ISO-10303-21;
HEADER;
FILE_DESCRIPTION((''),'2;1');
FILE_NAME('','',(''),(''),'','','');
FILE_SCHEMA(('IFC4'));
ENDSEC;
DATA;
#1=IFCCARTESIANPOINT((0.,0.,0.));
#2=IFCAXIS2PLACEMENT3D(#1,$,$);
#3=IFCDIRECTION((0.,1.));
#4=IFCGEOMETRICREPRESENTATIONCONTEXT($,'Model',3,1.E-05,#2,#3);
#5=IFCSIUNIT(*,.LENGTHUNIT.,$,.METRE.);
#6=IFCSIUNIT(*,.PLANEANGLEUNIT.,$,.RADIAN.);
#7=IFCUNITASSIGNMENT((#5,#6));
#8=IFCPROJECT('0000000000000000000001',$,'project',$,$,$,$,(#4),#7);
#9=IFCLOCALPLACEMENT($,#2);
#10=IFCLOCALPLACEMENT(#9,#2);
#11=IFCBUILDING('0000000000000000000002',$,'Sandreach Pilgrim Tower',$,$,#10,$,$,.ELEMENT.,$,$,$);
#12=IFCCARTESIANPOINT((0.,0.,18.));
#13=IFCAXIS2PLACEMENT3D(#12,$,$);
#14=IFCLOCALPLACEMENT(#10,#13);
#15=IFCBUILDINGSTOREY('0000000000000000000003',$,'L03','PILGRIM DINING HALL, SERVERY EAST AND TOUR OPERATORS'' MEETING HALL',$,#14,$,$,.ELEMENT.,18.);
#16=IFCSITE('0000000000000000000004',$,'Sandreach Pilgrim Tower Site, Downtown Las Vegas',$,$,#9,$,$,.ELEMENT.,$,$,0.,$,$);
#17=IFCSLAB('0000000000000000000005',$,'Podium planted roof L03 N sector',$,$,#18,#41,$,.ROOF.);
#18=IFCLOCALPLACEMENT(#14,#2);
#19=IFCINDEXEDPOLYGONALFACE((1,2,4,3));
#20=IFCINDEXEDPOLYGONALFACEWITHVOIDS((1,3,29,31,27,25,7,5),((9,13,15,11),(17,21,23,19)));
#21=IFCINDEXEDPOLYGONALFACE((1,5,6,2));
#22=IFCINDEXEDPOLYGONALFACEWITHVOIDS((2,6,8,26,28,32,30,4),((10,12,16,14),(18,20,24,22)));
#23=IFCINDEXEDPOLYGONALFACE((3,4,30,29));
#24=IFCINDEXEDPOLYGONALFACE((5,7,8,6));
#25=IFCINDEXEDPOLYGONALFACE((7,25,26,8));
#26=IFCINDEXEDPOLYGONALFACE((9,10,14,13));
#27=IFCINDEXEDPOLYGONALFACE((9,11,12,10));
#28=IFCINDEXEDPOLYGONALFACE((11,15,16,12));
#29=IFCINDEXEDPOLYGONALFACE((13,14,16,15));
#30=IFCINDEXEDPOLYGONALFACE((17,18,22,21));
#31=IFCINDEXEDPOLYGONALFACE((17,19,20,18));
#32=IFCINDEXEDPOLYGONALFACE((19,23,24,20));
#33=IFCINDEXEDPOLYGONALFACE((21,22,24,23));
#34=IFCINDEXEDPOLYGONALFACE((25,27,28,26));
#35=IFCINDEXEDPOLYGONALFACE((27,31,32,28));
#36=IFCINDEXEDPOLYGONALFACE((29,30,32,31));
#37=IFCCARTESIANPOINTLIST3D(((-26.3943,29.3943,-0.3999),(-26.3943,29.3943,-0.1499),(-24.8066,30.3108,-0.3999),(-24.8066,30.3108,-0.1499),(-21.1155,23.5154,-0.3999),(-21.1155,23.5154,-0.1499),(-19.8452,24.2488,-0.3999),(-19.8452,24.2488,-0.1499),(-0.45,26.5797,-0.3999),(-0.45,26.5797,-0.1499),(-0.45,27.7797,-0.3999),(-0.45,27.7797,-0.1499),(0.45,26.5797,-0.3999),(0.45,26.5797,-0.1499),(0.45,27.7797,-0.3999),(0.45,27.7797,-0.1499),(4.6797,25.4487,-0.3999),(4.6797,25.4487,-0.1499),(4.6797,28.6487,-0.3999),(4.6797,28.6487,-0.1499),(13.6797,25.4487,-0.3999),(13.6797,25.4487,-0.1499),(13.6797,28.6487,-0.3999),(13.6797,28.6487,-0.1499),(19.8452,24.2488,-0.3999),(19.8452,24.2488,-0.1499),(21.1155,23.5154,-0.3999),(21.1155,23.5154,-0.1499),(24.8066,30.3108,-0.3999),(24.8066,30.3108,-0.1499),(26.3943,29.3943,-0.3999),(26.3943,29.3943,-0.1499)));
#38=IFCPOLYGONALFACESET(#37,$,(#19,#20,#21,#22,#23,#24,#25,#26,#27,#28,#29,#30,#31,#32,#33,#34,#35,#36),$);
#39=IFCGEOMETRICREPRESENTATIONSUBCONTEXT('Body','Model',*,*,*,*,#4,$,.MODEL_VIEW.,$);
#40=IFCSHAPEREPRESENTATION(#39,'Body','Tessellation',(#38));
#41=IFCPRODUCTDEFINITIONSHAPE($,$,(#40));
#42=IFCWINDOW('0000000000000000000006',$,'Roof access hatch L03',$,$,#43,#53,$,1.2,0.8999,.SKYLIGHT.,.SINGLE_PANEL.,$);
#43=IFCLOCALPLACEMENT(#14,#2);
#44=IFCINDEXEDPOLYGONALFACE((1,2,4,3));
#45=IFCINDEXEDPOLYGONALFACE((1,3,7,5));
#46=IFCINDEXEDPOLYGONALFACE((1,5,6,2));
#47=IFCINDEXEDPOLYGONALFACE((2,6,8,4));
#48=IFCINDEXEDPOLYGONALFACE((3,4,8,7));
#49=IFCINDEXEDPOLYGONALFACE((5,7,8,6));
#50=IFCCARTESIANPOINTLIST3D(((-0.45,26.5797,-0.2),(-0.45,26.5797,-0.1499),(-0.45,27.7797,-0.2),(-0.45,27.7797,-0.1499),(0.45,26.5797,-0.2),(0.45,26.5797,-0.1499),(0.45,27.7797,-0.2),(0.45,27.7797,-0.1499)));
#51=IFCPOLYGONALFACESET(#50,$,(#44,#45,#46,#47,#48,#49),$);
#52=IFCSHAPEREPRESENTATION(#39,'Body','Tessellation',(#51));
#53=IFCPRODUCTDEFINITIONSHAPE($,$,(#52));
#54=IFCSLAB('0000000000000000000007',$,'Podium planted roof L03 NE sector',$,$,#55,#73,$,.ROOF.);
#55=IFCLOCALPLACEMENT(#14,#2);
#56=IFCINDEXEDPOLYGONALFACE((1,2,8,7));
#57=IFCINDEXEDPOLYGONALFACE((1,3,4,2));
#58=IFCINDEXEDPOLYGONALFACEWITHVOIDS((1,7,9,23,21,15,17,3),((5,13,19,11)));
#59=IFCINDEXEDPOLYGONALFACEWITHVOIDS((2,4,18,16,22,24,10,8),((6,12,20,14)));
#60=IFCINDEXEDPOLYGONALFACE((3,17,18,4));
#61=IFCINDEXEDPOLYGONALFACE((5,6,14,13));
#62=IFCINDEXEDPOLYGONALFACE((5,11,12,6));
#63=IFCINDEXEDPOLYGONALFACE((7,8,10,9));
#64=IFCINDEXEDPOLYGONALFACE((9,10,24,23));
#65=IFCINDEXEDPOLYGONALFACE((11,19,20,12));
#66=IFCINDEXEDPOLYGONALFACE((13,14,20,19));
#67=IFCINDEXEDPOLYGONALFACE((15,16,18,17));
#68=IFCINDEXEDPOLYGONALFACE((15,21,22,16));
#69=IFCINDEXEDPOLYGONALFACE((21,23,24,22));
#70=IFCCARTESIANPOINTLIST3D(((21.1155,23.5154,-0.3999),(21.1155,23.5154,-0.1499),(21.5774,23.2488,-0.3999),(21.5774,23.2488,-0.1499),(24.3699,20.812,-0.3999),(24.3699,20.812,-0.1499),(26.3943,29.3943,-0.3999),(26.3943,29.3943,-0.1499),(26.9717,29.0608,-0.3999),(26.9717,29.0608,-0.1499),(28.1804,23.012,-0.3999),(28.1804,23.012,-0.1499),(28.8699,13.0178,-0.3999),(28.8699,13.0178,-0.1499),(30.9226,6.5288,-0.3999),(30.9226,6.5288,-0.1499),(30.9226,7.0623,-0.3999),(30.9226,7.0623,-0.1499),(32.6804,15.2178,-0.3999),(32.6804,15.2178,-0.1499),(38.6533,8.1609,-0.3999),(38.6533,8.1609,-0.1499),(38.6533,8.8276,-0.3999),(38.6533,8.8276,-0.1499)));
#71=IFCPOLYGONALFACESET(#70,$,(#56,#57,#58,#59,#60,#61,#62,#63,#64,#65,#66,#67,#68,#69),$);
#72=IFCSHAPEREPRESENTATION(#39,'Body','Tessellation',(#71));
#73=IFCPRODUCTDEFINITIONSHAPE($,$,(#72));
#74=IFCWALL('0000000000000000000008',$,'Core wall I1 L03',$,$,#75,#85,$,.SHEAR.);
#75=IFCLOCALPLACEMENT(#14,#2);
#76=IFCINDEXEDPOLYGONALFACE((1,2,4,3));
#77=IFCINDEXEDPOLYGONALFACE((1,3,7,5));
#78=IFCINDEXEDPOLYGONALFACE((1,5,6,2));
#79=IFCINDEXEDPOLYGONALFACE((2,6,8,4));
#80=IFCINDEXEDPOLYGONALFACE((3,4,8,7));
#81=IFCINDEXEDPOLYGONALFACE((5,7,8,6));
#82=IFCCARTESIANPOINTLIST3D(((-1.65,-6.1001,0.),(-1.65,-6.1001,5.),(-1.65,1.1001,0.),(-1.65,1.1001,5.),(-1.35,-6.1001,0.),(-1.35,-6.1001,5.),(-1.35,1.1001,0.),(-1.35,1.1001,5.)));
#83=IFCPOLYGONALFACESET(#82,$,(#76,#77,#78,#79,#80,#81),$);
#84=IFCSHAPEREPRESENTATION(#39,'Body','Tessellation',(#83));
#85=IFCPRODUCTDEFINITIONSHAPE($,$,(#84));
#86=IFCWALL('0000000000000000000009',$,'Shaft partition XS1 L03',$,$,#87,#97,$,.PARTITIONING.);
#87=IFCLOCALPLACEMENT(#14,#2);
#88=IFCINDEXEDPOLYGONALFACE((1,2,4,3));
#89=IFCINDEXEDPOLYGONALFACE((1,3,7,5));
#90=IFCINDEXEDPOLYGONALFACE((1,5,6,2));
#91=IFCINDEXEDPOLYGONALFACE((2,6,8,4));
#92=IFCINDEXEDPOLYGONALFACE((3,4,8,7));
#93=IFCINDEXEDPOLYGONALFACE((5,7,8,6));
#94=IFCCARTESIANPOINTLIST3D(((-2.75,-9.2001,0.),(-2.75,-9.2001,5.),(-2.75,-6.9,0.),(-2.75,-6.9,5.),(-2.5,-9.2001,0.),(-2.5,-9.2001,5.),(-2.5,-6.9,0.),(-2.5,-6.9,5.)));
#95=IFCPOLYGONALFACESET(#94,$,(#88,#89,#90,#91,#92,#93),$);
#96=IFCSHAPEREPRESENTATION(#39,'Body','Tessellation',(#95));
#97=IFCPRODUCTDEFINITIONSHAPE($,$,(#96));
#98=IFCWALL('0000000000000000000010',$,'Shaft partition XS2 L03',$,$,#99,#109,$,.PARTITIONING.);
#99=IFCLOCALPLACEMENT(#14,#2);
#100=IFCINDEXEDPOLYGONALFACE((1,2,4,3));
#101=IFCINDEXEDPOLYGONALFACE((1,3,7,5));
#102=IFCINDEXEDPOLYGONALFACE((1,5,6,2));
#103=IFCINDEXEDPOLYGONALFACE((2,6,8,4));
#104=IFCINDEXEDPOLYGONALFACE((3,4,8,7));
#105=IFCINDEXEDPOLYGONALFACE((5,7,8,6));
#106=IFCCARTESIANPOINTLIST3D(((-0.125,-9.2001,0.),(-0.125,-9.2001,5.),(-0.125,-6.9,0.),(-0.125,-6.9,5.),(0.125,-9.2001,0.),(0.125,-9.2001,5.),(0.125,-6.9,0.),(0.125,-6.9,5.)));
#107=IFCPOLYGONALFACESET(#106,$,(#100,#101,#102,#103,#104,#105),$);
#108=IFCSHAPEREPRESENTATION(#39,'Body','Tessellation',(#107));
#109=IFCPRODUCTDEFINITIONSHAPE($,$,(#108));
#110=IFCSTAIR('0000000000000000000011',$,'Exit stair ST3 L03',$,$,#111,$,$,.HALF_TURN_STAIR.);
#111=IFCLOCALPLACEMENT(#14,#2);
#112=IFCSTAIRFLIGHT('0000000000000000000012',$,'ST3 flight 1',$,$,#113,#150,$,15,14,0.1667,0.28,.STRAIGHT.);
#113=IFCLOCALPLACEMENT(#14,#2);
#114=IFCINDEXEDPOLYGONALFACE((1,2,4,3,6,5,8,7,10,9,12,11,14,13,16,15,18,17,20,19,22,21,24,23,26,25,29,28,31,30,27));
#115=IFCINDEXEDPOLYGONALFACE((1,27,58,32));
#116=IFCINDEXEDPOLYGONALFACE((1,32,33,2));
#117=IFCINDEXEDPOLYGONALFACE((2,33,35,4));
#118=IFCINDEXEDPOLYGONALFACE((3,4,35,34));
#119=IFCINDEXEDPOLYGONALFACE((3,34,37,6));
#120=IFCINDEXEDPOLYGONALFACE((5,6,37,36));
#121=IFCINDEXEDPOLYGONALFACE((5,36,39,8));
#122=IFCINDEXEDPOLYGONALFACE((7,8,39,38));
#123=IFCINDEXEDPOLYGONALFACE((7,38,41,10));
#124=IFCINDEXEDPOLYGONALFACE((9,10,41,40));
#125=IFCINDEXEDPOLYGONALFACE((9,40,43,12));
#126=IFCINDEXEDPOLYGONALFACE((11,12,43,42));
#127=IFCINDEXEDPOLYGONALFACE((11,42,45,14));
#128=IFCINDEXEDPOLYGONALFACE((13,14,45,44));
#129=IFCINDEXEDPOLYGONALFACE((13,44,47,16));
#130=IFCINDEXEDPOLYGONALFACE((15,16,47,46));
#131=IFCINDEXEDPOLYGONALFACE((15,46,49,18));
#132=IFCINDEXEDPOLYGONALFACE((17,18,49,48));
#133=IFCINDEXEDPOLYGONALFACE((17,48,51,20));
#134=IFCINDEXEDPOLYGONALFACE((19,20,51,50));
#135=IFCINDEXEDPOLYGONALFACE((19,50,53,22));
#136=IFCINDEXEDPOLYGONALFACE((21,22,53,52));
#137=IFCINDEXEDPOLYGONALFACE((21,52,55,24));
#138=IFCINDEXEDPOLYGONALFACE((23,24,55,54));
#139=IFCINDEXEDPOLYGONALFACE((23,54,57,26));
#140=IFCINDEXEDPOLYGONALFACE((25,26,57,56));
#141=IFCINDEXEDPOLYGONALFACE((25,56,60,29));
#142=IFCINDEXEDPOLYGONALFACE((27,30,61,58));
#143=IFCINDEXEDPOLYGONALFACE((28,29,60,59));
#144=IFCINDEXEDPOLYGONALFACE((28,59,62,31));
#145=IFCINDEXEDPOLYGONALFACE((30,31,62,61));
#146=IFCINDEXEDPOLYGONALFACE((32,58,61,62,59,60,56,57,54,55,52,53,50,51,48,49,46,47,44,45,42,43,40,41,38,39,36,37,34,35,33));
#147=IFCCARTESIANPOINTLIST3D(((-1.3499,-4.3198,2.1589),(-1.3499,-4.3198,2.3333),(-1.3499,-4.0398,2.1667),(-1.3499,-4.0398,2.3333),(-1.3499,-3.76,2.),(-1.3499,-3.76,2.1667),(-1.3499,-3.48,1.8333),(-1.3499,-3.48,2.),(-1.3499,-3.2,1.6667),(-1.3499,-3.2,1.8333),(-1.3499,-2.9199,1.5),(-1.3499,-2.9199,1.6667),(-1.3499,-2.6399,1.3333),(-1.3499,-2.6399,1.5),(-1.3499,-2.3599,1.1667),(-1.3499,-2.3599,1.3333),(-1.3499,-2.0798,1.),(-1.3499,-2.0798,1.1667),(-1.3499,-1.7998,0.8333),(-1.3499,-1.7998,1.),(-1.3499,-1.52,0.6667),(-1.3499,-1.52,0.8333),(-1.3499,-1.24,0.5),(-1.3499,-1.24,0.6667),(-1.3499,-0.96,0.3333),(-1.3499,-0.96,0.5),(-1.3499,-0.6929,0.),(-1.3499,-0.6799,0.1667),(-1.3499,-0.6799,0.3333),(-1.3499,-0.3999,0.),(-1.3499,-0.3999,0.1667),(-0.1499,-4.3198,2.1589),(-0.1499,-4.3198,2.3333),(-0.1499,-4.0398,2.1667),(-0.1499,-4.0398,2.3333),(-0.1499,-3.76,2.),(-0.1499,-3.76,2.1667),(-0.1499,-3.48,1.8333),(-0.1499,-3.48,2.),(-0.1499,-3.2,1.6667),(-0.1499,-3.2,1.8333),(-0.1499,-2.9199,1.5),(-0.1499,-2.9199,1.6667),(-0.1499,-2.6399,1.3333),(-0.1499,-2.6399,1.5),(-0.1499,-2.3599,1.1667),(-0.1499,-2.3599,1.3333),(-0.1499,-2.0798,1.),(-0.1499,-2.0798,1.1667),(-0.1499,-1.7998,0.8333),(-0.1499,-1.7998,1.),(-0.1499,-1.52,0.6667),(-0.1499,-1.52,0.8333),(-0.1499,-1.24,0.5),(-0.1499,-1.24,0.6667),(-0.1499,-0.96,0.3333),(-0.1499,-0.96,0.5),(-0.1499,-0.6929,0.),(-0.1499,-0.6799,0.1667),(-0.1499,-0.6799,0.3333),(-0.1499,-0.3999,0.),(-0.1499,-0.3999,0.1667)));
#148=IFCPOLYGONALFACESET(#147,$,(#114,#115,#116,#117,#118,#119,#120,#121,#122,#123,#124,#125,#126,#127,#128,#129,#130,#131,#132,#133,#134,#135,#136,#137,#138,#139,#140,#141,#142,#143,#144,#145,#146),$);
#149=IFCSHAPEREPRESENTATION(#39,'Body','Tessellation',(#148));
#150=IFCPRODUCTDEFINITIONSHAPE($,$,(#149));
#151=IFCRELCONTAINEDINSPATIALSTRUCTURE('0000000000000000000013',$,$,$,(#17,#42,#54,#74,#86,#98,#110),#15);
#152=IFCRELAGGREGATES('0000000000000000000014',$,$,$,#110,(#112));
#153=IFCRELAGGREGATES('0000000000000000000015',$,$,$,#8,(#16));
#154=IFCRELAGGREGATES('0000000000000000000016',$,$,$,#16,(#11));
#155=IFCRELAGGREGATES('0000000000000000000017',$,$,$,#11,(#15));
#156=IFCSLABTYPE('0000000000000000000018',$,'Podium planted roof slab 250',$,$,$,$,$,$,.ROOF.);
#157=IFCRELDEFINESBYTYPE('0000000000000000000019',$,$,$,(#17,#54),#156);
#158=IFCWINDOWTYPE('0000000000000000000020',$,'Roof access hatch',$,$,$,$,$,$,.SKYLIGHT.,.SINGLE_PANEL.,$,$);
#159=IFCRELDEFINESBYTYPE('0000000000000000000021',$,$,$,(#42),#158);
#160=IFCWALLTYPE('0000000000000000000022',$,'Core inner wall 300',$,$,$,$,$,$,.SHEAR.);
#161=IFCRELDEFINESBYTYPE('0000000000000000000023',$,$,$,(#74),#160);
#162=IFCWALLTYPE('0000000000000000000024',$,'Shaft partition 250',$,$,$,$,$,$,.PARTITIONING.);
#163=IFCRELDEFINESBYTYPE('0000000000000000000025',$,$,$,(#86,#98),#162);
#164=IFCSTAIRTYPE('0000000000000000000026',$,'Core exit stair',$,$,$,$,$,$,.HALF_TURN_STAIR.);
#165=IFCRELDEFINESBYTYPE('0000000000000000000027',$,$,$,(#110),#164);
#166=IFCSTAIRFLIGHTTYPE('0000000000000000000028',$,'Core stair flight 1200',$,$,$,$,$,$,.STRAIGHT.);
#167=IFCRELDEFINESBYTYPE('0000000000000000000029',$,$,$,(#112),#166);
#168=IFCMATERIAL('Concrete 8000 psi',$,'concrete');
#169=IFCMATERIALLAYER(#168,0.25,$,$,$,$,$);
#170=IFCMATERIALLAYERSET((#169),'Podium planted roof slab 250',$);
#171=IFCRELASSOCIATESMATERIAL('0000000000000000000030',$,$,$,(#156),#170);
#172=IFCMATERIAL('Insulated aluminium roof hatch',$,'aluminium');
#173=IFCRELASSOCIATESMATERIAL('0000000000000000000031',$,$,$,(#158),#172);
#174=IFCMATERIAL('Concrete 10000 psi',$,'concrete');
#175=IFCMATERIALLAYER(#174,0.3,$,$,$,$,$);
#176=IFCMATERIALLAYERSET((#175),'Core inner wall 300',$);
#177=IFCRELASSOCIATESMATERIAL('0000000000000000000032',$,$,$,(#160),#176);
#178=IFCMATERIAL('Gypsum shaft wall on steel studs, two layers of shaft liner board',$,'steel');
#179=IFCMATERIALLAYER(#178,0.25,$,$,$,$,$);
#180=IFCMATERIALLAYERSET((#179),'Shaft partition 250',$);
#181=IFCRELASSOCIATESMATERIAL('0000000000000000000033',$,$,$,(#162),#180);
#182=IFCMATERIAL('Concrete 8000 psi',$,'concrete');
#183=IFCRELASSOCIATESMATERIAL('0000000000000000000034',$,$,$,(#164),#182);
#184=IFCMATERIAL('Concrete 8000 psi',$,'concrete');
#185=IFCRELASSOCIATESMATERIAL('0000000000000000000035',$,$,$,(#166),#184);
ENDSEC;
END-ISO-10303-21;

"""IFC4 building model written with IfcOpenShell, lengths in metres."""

from ifc_helpers import new_model, si_unit, direction, frame, frame_2d, origin, origin_2d, place, context, subcontext, project, spatial, polyline, rectangle, outline, extrude, material, layer, layer_set, type_object, element, fill, aggregate, save


model = new_model("IFC4")

# Units and contexts
model_context = context("Model", 3, precision=1e-05, world=origin(), true_north=direction((0.0, 1.0)))
body_context = subcontext(model_context, "Body", "Model", "MODEL_VIEW")
ifc_project = project(units=[si_unit("LENGTHUNIT", "METRE"), si_unit("PLANEANGLEUNIT", "RADIAN")], contexts=[model_context])

# Site, building, storey
site_placement = place(None, origin())
site = spatial("IfcSite", under=ifc_project, at=site_placement, Name="Sandreach Pilgrim Tower Site, Downtown Las Vegas", CompositionType="ELEMENT", RefElevation=0.0)
building_placement = place(site_placement, origin())
building = spatial("IfcBuilding", under=site, at=building_placement, Name="Sandreach Pilgrim Tower", CompositionType="ELEMENT")
storey_placement = place(building_placement, frame((0.0, 0.0, 18.0)))
storey = spatial("IfcBuildingStorey", under=building, at=storey_placement, Name="L03", Description="PILGRIM DINING HALL, SERVERY EAST AND TOUR OPERATORS' MEETING HALL", CompositionType="ELEMENT", Elevation=18.0)

# Slab, opening, window
ifc_material_1 = material(Name="Concrete 8000 psi", Category="concrete")
ifc_layer_1 = layer(ifc_material_1, 0.25)
ifc_layer_set_1 = layer_set([ifc_layer_1], Name="Podium planted roof slab 250")
slab_type_1 = type_object("IfcSlabType", Name="Podium planted roof slab 250", PredefinedType="ROOF", material=ifc_layer_set_1)
slab_1_placement = place(storey_placement, frame((0.0, 0.0, -0.3999)))
slab_1 = element("IfcSlab", 1, at=slab_1_placement, inside=storey, type_object=slab_type_1, Name="Podium planted roof L03 N sector", PredefinedType="ROOF", context=body_context, shape_type="SweptSolid", body=[
    extrude(outline(polyline([(24.8066, 30.3108), (26.3943, 29.3943), (21.1155, 23.5154), (19.8452, 24.2488), (-19.8452, 24.2488), (-21.1155, 23.5154), (-26.3943, 29.3943), (-24.8066, 30.3108), (24.8066, 30.3108)]), holes=[polyline([(4.6797, 25.4487), (13.6797, 25.4487), (13.6797, 28.6487), (4.6797, 28.6487), (4.6797, 25.4487)])]), origin(), (0.0, 0.0, 1.0), 0.25),
])
opening_placement = place(slab_1_placement, frame((0.0, 27.1797, 0.0)))
opening = element("IfcOpeningElement", 2, at=opening_placement, cuts=slab_1, PredefinedType="OPENING", context=body_context, shape_type="SweptSolid", body=[
    extrude(rectangle(XDim=0.8999, YDim=1.2, at=origin_2d()), origin(), (0.0, 0.0, 1.0), 0.25),
])
ifc_material_2 = material(Name="Insulated aluminium roof hatch", Category="aluminium")
window_type = type_object("IfcWindowType", Name="Roof access hatch", PartitioningType="SINGLE_PANEL", PredefinedType="SKYLIGHT", material=ifc_material_2)
window_placement = place(opening_placement, frame((0.0, 0.0, 0.2)))
window = element("IfcWindow", 3, at=window_placement, inside=storey, type_object=window_type, Name="Roof access hatch L03", OverallHeight=1.2, OverallWidth=0.8999, PartitioningType="SINGLE_PANEL", PredefinedType="SKYLIGHT", context=body_context, shape_type="SweptSolid", body=[
    extrude(rectangle(XDim=0.8999, YDim=1.2, at=origin_2d()), origin(), (0.0, 0.0, 1.0), 0.05),
])
fill(opening, window)

# Slab
slab_2_placement = place(storey_placement, frame((0.0, 0.0, -0.3999)))
element("IfcSlab", 4, at=slab_2_placement, inside=storey, type_object=slab_type_1, Name="Podium planted roof L03 NE sector", PredefinedType="ROOF", context=body_context, shape_type="SweptSolid", body=[
    extrude(outline(polyline([(38.6533, 8.8276), (38.6533, 8.1609), (30.9226, 6.5288), (30.9226, 7.0623), (21.5774, 23.2488), (21.1155, 23.5154), (26.3943, 29.3943), (26.9717, 29.0608), (38.6533, 8.8276)]), holes=[polyline([(24.3699, 20.812), (28.8699, 13.0178), (32.6804, 15.2178), (28.1804, 23.012), (24.3699, 20.812)])]), origin(), (0.0, 0.0, 1.0), 0.25),
])

# Walls
ifc_material_3 = material(Name="Concrete 10000 psi", Category="concrete")
ifc_layer_2 = layer(ifc_material_3, 0.3)
ifc_layer_set_2 = layer_set([ifc_layer_2], Name="Core inner wall 300")
wall_type_1 = type_object("IfcWallType", Name="Core inner wall 300", PredefinedType="SHEAR", material=ifc_layer_set_2)
wall_placement = place(storey_placement, frame((-1.5, -6.1001, 0.0), z_axis=(0.0, 0.0, 1.0), x_axis=(0.0, 1.0, 0.0)))
element("IfcWall", 5, at=wall_placement, inside=storey, type_object=wall_type_1, Name="Core wall I1 L03", PredefinedType="SHEAR", context=body_context, shape_type="SweptSolid", body=[
    extrude(rectangle(XDim=7.2002, YDim=0.3, at=frame_2d((3.6001, 0.0))), origin(), (0.0, 0.0, 1.0), 5.0),
])
ifc_material_4 = material(Name="Gypsum shaft wall on steel studs, two layers of shaft liner board", Category="steel")
ifc_layer_3 = layer(ifc_material_4, 0.25)
ifc_layer_set_3 = layer_set([ifc_layer_3], Name="Shaft partition 250")
wall_type_2 = type_object("IfcWallType", Name="Shaft partition 250", PredefinedType="PARTITIONING", material=ifc_layer_set_3)
for number, where, z_axis, x_axis, name in (
    (6, (-2.625, -9.2, 0.0), (0.0, 0.0, 1.0), (0.0, 1.0, 0.0), "Shaft partition XS1 L03"),
    (7, (0.0, -9.2, 0.0), (0.0, 0.0, 1.0), (0.0, 1.0, 0.0), "Shaft partition XS2 L03"),
):
    element("IfcWall", number, at=place(storey_placement, frame(where, z_axis=z_axis, x_axis=x_axis)), inside=storey, type_object=wall_type_2, Name=name, PredefinedType="PARTITIONING", context=body_context, shape_type="SweptSolid", body=[
        extrude(rectangle(XDim=2.3, YDim=0.25, at=frame_2d((1.1499, 0.0))), origin(), (0.0, 0.0, 1.0), 5.0),
    ])

# Stair, stair flight
ifc_material_5 = material(Name="Concrete 8000 psi", Category="concrete")
stair_type = type_object("IfcStairType", Name="Core exit stair", PredefinedType="HALF_TURN_STAIR", material=ifc_material_5)
stair_placement = place(storey_placement, origin())
stair = element("IfcStair", 8, at=stair_placement, inside=storey, type_object=stair_type, Name="Exit stair ST3 L03", PredefinedType="HALF_TURN_STAIR")
ifc_material_6 = material(Name="Concrete 8000 psi", Category="concrete")
stair_flight_type = type_object("IfcStairFlightType", Name="Core stair flight 1200", PredefinedType="STRAIGHT", material=ifc_material_6)
stair_flight_placement = place(storey_placement, frame((-0.75, -0.3999, 0.0), z_axis=(0.0, 0.0, 1.0), x_axis=(0.0, -1.0, 0.0)))
stair_flight = element("IfcStairFlight", 9, at=stair_flight_placement, type_object=stair_flight_type, Name="ST3 flight 1", NumberOfRisers=15, NumberOfTreads=14, PredefinedType="STRAIGHT", RiserHeight=0.1667, TreadLength=0.28, context=body_context, shape_type="SweptSolid", body=[
    extrude(outline(polyline([(0.0, 0.0), (0.0, 0.1667), (0.28, 0.1667), (0.28, 0.3333), (0.5601, 0.3333), (0.5601, 0.5), (0.8401, 0.5), (0.8401, 0.6667), (1.1201, 0.6667), (1.1201, 0.8333), (1.3999, 0.8333), (1.3999, 1.0), (1.6799, 1.0), (1.6799, 1.1667), (1.96, 1.1667), (1.96, 1.3333), (2.24, 1.3333), (2.24, 1.5), (2.52, 1.5), (2.52, 1.6667), (2.8, 1.6667), (2.8, 1.8333), (3.0801, 1.8333), (3.0801, 2.0), (3.3601, 2.0), (3.3601, 2.1667), (3.6399, 2.1667), (3.6399, 2.3333), (3.9199, 2.3333), (3.9199, 2.5), (3.9199, 2.1589), (0.293, 0.0), (0.0, 0.0)])), frame((0.0, 0.6001, 0.0), z_axis=(0.0, -1.0, 0.0), x_axis=(1.0, 0.0, 0.0)), (0.0, 0.0, 1.0), 1.2),
])
aggregate(stair, [stair_flight])

save(model, "model.ifc")
